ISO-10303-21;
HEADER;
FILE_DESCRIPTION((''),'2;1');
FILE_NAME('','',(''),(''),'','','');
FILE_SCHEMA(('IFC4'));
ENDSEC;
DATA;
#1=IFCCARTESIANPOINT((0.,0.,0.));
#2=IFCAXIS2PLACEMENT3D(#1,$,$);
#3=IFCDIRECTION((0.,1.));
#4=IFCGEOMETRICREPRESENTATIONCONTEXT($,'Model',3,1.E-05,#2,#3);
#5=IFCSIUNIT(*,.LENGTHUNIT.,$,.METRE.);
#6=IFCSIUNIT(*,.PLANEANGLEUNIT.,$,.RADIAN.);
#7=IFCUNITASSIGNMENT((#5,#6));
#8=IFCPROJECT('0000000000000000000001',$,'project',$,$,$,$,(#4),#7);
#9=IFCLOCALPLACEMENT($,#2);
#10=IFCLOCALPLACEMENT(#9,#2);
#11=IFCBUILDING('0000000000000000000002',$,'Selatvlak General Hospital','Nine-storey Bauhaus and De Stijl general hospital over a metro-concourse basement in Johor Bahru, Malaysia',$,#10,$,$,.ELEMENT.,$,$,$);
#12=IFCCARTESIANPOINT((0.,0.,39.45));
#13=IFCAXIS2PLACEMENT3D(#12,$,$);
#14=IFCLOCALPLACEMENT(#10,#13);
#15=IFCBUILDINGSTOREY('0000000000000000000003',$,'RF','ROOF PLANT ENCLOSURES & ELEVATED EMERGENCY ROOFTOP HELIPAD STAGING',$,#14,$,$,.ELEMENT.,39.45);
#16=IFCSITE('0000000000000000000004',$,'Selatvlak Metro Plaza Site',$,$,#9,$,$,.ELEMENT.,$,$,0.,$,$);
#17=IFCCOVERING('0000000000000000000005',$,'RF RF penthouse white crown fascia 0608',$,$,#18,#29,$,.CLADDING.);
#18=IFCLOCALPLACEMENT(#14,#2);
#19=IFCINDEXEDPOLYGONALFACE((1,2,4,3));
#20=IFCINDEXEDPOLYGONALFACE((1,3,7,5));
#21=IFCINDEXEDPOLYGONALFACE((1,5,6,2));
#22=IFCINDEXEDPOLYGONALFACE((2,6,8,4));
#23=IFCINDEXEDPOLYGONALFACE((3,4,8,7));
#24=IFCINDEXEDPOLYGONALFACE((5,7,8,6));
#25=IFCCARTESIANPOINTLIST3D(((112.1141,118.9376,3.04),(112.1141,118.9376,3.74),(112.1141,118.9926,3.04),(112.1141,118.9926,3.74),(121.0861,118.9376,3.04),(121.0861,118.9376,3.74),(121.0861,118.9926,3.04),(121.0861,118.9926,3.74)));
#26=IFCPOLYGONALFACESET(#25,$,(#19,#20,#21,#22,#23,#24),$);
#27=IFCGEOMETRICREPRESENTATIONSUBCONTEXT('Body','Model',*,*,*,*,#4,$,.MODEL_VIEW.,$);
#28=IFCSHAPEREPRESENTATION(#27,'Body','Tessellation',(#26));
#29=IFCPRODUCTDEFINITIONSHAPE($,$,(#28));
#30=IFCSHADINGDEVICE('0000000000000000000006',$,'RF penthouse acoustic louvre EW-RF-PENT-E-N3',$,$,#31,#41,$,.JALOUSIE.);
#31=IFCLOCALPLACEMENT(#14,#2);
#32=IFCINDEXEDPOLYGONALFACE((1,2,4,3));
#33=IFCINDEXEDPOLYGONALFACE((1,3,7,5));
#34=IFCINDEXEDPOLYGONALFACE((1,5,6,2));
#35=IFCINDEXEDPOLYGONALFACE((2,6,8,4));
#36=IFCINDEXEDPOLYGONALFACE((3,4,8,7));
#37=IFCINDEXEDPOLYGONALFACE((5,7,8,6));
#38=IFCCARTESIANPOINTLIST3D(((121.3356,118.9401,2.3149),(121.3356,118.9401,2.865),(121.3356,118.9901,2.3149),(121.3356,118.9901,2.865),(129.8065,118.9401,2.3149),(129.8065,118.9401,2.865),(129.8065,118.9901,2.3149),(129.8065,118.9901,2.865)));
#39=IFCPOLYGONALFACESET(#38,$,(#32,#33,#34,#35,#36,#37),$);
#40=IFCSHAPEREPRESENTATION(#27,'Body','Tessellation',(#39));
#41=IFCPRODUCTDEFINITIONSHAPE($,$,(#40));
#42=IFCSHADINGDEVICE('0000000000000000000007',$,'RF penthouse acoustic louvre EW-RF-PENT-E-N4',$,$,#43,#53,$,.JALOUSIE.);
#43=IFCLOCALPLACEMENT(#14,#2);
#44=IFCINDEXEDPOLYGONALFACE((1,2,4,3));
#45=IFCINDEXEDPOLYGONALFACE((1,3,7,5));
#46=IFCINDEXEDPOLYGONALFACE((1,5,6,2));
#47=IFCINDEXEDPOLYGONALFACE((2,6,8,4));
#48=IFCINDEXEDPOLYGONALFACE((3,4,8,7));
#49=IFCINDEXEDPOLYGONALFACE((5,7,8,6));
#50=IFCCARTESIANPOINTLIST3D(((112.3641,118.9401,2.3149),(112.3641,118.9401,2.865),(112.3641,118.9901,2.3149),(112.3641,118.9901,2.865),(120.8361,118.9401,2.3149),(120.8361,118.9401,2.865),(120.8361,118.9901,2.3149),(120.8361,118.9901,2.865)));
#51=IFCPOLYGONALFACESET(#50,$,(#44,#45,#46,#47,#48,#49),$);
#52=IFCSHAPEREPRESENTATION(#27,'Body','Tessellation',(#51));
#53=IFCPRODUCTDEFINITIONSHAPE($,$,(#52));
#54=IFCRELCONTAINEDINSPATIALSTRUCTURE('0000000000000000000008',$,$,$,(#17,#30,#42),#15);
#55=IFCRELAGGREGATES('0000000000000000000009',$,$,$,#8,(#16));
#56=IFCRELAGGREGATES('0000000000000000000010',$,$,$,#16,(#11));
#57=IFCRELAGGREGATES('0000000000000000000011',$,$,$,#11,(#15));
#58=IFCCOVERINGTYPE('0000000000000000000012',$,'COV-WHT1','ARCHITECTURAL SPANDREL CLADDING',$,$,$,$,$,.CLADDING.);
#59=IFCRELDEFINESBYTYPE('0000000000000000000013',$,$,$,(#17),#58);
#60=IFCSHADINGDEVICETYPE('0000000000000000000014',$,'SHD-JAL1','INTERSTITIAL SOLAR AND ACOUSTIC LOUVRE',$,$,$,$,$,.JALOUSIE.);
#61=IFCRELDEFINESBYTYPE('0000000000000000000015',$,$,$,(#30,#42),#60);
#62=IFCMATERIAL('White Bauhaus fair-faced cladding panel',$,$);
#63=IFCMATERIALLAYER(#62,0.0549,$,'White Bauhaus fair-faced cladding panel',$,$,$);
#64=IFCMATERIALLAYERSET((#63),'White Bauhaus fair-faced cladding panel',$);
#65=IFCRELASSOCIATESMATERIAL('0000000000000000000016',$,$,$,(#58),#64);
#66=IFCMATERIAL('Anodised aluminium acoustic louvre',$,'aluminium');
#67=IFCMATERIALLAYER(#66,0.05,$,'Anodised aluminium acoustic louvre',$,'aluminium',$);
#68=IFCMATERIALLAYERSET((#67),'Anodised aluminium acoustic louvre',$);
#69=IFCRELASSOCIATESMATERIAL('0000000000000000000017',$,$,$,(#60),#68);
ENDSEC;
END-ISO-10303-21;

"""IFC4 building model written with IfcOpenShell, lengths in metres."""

from ifc_helpers import new_model, si_unit, direction, frame, origin, origin_2d, place, context, subcontext, project, spatial, rectangle, extrude, material, layer, layer_set, type_object, element, save


model = new_model("IFC4")

# Units and contexts
model_context = context("Model", 3, precision=1e-05, world=origin(), true_north=direction((0.0, 1.0)))
body_context = subcontext(model_context, "Body", "Model", "MODEL_VIEW")
ifc_project = project(units=[si_unit("LENGTHUNIT", "METRE"), si_unit("PLANEANGLEUNIT", "RADIAN")], contexts=[model_context])

# Site, building, storey
site_placement = place(None, origin())
site = spatial("IfcSite", under=ifc_project, at=site_placement, Name="Selatvlak Metro Plaza Site", CompositionType="ELEMENT", RefElevation=0.0)
building_placement = place(site_placement, origin())
building = spatial("IfcBuilding", under=site, at=building_placement, Name="Selatvlak General Hospital", Description="Nine-storey Bauhaus and De Stijl general hospital over a metro-concourse basement in Johor Bahru, Malaysia", CompositionType="ELEMENT")
storey_placement = place(building_placement, frame((0.0, 0.0, 39.45)))
storey = spatial("IfcBuildingStorey", under=building, at=storey_placement, Name="RF", Description="ROOF PLANT ENCLOSURES & ELEVATED EMERGENCY ROOFTOP HELIPAD STAGING", CompositionType="ELEMENT", Elevation=39.45)

# Covering
ifc_material_1 = material(Name="White Bauhaus fair-faced cladding panel")
ifc_layer_1 = layer(ifc_material_1, 0.0549, Name="White Bauhaus fair-faced cladding panel")
ifc_layer_set_1 = layer_set([ifc_layer_1], Name="White Bauhaus fair-faced cladding panel")
covering_type = type_object("IfcCoveringType", Name="COV-WHT1", Description="ARCHITECTURAL SPANDREL CLADDING", PredefinedType="CLADDING", material=ifc_layer_set_1)
covering_1_placement = place(storey_placement, frame((116.6001, 118.9651, 3.04), z_axis=(0.0, 0.0, 1.0), x_axis=(-1.0, 0.0, 0.0)))
element("IfcCovering", 1, at=covering_1_placement, inside=storey, type_object=covering_type, Name="RF RF penthouse white crown fascia 0608", PredefinedType="CLADDING", context=body_context, shape_type="SweptSolid", body=[
    extrude(rectangle(XDim=8.9719, YDim=0.0549, at=origin_2d()), origin(), (0.0, 0.0, 1.0), 0.7),
])

# Shading devices
ifc_material_2 = material(Name="Anodised aluminium acoustic louvre", Category="aluminium")
ifc_layer_2 = layer(ifc_material_2, 0.05, Name="Anodised aluminium acoustic louvre", Category="aluminium")
ifc_layer_set_2 = layer_set([ifc_layer_2], Name="Anodised aluminium acoustic louvre")
shading_device_type = type_object("IfcShadingDeviceType", Name="SHD-JAL1", Description="INTERSTITIAL SOLAR AND ACOUSTIC LOUVRE", PredefinedType="JALOUSIE", material=ifc_layer_set_2)
shading_device_1_placement = place(storey_placement, frame((125.571, 118.9651, 2.3149), z_axis=(0.0, 0.0, 1.0), x_axis=(-1.0, 0.0, 0.0)))
element("IfcShadingDevice", 2, at=shading_device_1_placement, inside=storey, type_object=shading_device_type, Name="RF penthouse acoustic louvre EW-RF-PENT-E-N3", PredefinedType="JALOUSIE", context=body_context, shape_type="SweptSolid", body=[
    extrude(rectangle(XDim=8.4709, YDim=0.05, at=origin_2d()), origin(), (0.0, 0.0, 1.0), 0.55),
])
shading_device_2_placement = place(storey_placement, frame((116.6001, 118.9651, 2.3149), z_axis=(0.0, 0.0, 1.0), x_axis=(-1.0, 0.0, 0.0)))
element("IfcShadingDevice", 3, at=shading_device_2_placement, inside=storey, type_object=shading_device_type, Name="RF penthouse acoustic louvre EW-RF-PENT-E-N4", PredefinedType="JALOUSIE", context=body_context, shape_type="SweptSolid", body=[
    extrude(rectangle(XDim=8.4719, YDim=0.05, at=origin_2d()), origin(), (0.0, 0.0, 1.0), 0.55),
])

save(model, "model.ifc")
